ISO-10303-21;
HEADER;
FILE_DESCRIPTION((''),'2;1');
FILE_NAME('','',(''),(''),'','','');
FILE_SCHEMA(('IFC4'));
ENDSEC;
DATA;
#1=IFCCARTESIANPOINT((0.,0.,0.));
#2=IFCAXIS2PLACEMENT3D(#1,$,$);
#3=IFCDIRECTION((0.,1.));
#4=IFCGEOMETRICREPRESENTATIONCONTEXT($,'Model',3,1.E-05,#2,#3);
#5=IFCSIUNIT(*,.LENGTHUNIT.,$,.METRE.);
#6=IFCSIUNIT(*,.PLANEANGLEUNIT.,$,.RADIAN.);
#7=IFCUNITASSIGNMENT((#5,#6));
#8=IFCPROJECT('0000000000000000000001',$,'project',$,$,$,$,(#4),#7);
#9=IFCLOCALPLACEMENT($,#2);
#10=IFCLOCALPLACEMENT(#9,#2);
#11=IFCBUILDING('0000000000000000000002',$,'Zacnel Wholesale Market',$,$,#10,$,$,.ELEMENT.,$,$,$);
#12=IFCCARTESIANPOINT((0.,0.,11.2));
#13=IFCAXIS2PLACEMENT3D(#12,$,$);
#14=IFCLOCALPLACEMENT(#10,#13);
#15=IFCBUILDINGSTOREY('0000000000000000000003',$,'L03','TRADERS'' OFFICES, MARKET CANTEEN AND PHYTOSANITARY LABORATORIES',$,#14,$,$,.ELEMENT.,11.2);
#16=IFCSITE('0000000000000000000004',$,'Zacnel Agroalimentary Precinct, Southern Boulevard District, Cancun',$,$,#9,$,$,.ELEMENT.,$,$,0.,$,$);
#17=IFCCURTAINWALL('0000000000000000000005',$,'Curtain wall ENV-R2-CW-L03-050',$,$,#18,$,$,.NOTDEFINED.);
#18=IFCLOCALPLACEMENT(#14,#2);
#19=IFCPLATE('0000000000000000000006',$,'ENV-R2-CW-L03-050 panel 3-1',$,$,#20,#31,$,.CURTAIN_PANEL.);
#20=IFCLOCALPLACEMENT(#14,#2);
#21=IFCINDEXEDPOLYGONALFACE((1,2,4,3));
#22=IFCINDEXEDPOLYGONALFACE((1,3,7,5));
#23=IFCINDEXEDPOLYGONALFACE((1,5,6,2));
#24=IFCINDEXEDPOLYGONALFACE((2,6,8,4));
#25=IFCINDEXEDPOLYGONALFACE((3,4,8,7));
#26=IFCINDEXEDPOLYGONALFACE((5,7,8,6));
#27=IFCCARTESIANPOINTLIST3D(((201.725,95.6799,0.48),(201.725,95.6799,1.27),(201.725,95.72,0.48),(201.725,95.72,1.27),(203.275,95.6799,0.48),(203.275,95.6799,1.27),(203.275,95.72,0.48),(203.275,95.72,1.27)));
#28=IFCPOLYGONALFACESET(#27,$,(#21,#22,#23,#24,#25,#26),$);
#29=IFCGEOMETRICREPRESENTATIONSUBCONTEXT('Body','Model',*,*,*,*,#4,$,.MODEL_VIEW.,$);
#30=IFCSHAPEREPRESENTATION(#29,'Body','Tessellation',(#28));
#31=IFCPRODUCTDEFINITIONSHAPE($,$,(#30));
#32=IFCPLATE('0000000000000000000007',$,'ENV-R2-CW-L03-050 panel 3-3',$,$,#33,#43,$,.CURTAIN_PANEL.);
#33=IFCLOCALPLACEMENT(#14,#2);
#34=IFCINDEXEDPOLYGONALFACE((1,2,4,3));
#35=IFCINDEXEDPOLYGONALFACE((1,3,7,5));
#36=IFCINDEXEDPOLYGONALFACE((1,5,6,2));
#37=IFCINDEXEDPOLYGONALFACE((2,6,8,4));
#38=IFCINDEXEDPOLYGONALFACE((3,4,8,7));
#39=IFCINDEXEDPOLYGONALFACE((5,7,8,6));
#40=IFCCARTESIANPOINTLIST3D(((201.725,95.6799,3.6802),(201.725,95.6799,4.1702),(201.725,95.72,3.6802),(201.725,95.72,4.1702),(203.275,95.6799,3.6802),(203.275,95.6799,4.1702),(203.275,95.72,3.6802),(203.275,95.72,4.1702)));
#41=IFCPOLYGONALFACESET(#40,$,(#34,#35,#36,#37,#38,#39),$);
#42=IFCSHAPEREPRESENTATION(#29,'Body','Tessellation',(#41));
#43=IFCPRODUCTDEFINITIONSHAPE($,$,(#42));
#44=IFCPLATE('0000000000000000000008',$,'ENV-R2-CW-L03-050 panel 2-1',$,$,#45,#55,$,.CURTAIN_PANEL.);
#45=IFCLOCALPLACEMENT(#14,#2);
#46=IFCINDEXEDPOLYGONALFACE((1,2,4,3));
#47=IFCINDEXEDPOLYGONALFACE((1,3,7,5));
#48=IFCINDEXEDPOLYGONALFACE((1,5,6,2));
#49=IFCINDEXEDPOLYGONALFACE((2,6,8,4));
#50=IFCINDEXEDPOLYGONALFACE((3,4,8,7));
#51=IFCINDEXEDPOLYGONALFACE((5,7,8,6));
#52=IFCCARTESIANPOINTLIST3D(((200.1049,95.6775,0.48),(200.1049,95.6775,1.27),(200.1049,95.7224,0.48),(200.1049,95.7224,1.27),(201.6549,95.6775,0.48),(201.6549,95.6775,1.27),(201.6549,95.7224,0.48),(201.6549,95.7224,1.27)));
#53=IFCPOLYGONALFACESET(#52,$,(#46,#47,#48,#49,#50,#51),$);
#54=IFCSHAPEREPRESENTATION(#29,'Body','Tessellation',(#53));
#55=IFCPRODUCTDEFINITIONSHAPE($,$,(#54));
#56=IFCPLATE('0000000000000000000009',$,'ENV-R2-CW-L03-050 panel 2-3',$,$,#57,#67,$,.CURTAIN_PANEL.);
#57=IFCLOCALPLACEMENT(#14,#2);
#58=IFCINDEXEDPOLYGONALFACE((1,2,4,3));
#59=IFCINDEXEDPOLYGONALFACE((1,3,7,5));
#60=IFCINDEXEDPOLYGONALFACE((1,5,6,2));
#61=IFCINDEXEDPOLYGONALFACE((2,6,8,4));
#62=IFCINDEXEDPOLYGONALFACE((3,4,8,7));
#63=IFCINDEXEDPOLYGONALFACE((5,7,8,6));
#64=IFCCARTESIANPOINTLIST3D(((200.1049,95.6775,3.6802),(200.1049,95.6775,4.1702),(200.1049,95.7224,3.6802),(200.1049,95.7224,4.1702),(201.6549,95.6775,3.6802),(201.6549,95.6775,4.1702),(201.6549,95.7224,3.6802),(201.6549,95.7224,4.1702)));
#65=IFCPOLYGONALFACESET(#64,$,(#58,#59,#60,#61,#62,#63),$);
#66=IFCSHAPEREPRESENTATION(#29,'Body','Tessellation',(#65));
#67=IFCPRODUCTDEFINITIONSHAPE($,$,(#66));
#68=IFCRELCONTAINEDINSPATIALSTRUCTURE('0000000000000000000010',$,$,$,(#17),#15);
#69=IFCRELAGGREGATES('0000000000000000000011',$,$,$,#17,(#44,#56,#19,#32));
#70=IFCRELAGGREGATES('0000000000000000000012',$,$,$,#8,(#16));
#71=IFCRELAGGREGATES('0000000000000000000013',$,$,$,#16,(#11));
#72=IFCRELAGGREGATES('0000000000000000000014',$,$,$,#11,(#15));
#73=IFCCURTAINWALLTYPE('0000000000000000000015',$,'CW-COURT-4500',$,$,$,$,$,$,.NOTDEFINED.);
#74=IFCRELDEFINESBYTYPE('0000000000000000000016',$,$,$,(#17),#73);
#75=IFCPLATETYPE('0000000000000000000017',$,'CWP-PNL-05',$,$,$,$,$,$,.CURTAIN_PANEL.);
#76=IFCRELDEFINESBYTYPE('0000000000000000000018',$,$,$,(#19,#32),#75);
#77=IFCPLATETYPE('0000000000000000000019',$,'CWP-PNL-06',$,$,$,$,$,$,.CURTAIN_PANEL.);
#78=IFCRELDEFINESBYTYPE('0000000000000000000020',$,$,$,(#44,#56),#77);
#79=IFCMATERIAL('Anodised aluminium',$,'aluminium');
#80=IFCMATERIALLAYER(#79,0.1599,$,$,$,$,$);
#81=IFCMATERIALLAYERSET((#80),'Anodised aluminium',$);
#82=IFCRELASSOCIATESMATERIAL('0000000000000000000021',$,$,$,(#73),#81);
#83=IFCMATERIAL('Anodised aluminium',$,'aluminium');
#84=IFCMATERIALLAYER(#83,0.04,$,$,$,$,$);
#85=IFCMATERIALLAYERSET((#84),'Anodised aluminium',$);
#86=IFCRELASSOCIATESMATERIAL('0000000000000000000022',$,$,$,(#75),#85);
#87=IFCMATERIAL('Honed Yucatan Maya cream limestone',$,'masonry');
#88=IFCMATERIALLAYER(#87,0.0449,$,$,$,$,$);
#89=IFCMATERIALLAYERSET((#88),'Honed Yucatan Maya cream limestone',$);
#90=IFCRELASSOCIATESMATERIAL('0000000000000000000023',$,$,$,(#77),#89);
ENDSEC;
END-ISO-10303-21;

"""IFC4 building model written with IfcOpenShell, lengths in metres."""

from ifc_helpers import new_model, si_unit, direction, frame, origin, origin_2d, place, context, subcontext, project, spatial, rectangle, extrude, material, layer, layer_set, type_object, element, aggregate, save


model = new_model("IFC4")

# Units and contexts
model_context = context("Model", 3, precision=1e-05, world=origin(), true_north=direction((0.0, 1.0)))
body_context = subcontext(model_context, "Body", "Model", "MODEL_VIEW")
ifc_project = project(units=[si_unit("LENGTHUNIT", "METRE"), si_unit("PLANEANGLEUNIT", "RADIAN")], contexts=[model_context])

# Site, building, storey
site_placement = place(None, origin())
site = spatial("IfcSite", under=ifc_project, at=site_placement, Name="Zacnel Agroalimentary Precinct, Southern Boulevard District, Cancun", CompositionType="ELEMENT", RefElevation=0.0)
building_placement = place(site_placement, origin())
building = spatial("IfcBuilding", under=site, at=building_placement, Name="Zacnel Wholesale Market", CompositionType="ELEMENT")
storey_placement = place(building_placement, frame((0.0, 0.0, 11.2)))
storey = spatial("IfcBuildingStorey", under=building, at=storey_placement, Name="L03", Description="TRADERS' OFFICES, MARKET CANTEEN AND PHYTOSANITARY LABORATORIES", CompositionType="ELEMENT", Elevation=11.2)

# Curtain wall
ifc_material_1 = material(Name="Anodised aluminium", Category="aluminium")
ifc_layer_1 = layer(ifc_material_1, 0.1599)
ifc_layer_set_1 = layer_set([ifc_layer_1], Name="Anodised aluminium")
curtain_wall_type_1 = type_object("IfcCurtainWallType", Name="CW-COURT-4500", PredefinedType="NOTDEFINED", material=ifc_layer_set_1)
curtain_wall_1_placement = place(storey_placement, origin())
curtain_wall_1 = element("IfcCurtainWall", 1, at=curtain_wall_1_placement, inside=storey, type_object=curtain_wall_type_1, Name="Curtain wall ENV-R2-CW-L03-050", PredefinedType="NOTDEFINED")

# Plates
ifc_material_2 = material(Name="Anodised aluminium", Category="aluminium")
ifc_layer_2 = layer(ifc_material_2, 0.04)
ifc_layer_set_2 = layer_set([ifc_layer_2], Name="Anodised aluminium")
plate_type_1 = type_object("IfcPlateType", Name="CWP-PNL-05", PredefinedType="CURTAIN_PANEL", material=ifc_layer_set_2)
plate_1_placement = place(storey_placement, frame((202.5, 95.7, 0.48), z_axis=(0.0, 0.0, 1.0), x_axis=(1.0, 0.0, 0.0)))
plate_1 = element("IfcPlate", 2, at=plate_1_placement, type_object=plate_type_1, Name="ENV-R2-CW-L03-050 panel 3-1", PredefinedType="CURTAIN_PANEL", context=body_context, shape_type="SweptSolid", body=[
    extrude(rectangle(XDim=1.55, YDim=0.04, at=origin_2d()), origin(), (0.0, 0.0, 1.0), 0.79),
])
plate_2_placement = place(storey_placement, frame((202.5, 95.7, 3.6802), z_axis=(0.0, 0.0, 1.0), x_axis=(1.0, 0.0, 0.0)))
plate_2 = element("IfcPlate", 3, at=plate_2_placement, type_object=plate_type_1, Name="ENV-R2-CW-L03-050 panel 3-3", PredefinedType="CURTAIN_PANEL", context=body_context, shape_type="SweptSolid", body=[
    extrude(rectangle(XDim=1.55, YDim=0.04, at=origin_2d()), origin(), (0.0, 0.0, 1.0), 0.49),
])
ifc_material_3 = material(Name="Honed Yucatan Maya cream limestone", Category="masonry")
ifc_layer_3 = layer(ifc_material_3, 0.0449)
ifc_layer_set_3 = layer_set([ifc_layer_3], Name="Honed Yucatan Maya cream limestone")
plate_type_2 = type_object("IfcPlateType", Name="CWP-PNL-06", PredefinedType="CURTAIN_PANEL", material=ifc_layer_set_3)
plate_3_placement = place(storey_placement, frame((200.8799, 95.7, 0.48), z_axis=(0.0, 0.0, 1.0), x_axis=(1.0, 0.0, 0.0)))
plate_3 = element("IfcPlate", 4, at=plate_3_placement, type_object=plate_type_2, Name="ENV-R2-CW-L03-050 panel 2-1", PredefinedType="CURTAIN_PANEL", context=body_context, shape_type="SweptSolid", body=[
    extrude(rectangle(XDim=1.55, YDim=0.0449, at=origin_2d()), origin(), (0.0, 0.0, 1.0), 0.79),
])
plate_4_placement = place(storey_placement, frame((200.8799, 95.7, 3.6802), z_axis=(0.0, 0.0, 1.0), x_axis=(1.0, 0.0, 0.0)))
plate_4 = element("IfcPlate", 5, at=plate_4_placement, type_object=plate_type_2, Name="ENV-R2-CW-L03-050 panel 2-3", PredefinedType="CURTAIN_PANEL", context=body_context, shape_type="SweptSolid", body=[
    extrude(rectangle(XDim=1.55, YDim=0.0449, at=origin_2d()), origin(), (0.0, 0.0, 1.0), 0.49),
])
aggregate(curtain_wall_1, [plate_3, plate_4, plate_1, plate_2])

save(model, "model.ifc")
